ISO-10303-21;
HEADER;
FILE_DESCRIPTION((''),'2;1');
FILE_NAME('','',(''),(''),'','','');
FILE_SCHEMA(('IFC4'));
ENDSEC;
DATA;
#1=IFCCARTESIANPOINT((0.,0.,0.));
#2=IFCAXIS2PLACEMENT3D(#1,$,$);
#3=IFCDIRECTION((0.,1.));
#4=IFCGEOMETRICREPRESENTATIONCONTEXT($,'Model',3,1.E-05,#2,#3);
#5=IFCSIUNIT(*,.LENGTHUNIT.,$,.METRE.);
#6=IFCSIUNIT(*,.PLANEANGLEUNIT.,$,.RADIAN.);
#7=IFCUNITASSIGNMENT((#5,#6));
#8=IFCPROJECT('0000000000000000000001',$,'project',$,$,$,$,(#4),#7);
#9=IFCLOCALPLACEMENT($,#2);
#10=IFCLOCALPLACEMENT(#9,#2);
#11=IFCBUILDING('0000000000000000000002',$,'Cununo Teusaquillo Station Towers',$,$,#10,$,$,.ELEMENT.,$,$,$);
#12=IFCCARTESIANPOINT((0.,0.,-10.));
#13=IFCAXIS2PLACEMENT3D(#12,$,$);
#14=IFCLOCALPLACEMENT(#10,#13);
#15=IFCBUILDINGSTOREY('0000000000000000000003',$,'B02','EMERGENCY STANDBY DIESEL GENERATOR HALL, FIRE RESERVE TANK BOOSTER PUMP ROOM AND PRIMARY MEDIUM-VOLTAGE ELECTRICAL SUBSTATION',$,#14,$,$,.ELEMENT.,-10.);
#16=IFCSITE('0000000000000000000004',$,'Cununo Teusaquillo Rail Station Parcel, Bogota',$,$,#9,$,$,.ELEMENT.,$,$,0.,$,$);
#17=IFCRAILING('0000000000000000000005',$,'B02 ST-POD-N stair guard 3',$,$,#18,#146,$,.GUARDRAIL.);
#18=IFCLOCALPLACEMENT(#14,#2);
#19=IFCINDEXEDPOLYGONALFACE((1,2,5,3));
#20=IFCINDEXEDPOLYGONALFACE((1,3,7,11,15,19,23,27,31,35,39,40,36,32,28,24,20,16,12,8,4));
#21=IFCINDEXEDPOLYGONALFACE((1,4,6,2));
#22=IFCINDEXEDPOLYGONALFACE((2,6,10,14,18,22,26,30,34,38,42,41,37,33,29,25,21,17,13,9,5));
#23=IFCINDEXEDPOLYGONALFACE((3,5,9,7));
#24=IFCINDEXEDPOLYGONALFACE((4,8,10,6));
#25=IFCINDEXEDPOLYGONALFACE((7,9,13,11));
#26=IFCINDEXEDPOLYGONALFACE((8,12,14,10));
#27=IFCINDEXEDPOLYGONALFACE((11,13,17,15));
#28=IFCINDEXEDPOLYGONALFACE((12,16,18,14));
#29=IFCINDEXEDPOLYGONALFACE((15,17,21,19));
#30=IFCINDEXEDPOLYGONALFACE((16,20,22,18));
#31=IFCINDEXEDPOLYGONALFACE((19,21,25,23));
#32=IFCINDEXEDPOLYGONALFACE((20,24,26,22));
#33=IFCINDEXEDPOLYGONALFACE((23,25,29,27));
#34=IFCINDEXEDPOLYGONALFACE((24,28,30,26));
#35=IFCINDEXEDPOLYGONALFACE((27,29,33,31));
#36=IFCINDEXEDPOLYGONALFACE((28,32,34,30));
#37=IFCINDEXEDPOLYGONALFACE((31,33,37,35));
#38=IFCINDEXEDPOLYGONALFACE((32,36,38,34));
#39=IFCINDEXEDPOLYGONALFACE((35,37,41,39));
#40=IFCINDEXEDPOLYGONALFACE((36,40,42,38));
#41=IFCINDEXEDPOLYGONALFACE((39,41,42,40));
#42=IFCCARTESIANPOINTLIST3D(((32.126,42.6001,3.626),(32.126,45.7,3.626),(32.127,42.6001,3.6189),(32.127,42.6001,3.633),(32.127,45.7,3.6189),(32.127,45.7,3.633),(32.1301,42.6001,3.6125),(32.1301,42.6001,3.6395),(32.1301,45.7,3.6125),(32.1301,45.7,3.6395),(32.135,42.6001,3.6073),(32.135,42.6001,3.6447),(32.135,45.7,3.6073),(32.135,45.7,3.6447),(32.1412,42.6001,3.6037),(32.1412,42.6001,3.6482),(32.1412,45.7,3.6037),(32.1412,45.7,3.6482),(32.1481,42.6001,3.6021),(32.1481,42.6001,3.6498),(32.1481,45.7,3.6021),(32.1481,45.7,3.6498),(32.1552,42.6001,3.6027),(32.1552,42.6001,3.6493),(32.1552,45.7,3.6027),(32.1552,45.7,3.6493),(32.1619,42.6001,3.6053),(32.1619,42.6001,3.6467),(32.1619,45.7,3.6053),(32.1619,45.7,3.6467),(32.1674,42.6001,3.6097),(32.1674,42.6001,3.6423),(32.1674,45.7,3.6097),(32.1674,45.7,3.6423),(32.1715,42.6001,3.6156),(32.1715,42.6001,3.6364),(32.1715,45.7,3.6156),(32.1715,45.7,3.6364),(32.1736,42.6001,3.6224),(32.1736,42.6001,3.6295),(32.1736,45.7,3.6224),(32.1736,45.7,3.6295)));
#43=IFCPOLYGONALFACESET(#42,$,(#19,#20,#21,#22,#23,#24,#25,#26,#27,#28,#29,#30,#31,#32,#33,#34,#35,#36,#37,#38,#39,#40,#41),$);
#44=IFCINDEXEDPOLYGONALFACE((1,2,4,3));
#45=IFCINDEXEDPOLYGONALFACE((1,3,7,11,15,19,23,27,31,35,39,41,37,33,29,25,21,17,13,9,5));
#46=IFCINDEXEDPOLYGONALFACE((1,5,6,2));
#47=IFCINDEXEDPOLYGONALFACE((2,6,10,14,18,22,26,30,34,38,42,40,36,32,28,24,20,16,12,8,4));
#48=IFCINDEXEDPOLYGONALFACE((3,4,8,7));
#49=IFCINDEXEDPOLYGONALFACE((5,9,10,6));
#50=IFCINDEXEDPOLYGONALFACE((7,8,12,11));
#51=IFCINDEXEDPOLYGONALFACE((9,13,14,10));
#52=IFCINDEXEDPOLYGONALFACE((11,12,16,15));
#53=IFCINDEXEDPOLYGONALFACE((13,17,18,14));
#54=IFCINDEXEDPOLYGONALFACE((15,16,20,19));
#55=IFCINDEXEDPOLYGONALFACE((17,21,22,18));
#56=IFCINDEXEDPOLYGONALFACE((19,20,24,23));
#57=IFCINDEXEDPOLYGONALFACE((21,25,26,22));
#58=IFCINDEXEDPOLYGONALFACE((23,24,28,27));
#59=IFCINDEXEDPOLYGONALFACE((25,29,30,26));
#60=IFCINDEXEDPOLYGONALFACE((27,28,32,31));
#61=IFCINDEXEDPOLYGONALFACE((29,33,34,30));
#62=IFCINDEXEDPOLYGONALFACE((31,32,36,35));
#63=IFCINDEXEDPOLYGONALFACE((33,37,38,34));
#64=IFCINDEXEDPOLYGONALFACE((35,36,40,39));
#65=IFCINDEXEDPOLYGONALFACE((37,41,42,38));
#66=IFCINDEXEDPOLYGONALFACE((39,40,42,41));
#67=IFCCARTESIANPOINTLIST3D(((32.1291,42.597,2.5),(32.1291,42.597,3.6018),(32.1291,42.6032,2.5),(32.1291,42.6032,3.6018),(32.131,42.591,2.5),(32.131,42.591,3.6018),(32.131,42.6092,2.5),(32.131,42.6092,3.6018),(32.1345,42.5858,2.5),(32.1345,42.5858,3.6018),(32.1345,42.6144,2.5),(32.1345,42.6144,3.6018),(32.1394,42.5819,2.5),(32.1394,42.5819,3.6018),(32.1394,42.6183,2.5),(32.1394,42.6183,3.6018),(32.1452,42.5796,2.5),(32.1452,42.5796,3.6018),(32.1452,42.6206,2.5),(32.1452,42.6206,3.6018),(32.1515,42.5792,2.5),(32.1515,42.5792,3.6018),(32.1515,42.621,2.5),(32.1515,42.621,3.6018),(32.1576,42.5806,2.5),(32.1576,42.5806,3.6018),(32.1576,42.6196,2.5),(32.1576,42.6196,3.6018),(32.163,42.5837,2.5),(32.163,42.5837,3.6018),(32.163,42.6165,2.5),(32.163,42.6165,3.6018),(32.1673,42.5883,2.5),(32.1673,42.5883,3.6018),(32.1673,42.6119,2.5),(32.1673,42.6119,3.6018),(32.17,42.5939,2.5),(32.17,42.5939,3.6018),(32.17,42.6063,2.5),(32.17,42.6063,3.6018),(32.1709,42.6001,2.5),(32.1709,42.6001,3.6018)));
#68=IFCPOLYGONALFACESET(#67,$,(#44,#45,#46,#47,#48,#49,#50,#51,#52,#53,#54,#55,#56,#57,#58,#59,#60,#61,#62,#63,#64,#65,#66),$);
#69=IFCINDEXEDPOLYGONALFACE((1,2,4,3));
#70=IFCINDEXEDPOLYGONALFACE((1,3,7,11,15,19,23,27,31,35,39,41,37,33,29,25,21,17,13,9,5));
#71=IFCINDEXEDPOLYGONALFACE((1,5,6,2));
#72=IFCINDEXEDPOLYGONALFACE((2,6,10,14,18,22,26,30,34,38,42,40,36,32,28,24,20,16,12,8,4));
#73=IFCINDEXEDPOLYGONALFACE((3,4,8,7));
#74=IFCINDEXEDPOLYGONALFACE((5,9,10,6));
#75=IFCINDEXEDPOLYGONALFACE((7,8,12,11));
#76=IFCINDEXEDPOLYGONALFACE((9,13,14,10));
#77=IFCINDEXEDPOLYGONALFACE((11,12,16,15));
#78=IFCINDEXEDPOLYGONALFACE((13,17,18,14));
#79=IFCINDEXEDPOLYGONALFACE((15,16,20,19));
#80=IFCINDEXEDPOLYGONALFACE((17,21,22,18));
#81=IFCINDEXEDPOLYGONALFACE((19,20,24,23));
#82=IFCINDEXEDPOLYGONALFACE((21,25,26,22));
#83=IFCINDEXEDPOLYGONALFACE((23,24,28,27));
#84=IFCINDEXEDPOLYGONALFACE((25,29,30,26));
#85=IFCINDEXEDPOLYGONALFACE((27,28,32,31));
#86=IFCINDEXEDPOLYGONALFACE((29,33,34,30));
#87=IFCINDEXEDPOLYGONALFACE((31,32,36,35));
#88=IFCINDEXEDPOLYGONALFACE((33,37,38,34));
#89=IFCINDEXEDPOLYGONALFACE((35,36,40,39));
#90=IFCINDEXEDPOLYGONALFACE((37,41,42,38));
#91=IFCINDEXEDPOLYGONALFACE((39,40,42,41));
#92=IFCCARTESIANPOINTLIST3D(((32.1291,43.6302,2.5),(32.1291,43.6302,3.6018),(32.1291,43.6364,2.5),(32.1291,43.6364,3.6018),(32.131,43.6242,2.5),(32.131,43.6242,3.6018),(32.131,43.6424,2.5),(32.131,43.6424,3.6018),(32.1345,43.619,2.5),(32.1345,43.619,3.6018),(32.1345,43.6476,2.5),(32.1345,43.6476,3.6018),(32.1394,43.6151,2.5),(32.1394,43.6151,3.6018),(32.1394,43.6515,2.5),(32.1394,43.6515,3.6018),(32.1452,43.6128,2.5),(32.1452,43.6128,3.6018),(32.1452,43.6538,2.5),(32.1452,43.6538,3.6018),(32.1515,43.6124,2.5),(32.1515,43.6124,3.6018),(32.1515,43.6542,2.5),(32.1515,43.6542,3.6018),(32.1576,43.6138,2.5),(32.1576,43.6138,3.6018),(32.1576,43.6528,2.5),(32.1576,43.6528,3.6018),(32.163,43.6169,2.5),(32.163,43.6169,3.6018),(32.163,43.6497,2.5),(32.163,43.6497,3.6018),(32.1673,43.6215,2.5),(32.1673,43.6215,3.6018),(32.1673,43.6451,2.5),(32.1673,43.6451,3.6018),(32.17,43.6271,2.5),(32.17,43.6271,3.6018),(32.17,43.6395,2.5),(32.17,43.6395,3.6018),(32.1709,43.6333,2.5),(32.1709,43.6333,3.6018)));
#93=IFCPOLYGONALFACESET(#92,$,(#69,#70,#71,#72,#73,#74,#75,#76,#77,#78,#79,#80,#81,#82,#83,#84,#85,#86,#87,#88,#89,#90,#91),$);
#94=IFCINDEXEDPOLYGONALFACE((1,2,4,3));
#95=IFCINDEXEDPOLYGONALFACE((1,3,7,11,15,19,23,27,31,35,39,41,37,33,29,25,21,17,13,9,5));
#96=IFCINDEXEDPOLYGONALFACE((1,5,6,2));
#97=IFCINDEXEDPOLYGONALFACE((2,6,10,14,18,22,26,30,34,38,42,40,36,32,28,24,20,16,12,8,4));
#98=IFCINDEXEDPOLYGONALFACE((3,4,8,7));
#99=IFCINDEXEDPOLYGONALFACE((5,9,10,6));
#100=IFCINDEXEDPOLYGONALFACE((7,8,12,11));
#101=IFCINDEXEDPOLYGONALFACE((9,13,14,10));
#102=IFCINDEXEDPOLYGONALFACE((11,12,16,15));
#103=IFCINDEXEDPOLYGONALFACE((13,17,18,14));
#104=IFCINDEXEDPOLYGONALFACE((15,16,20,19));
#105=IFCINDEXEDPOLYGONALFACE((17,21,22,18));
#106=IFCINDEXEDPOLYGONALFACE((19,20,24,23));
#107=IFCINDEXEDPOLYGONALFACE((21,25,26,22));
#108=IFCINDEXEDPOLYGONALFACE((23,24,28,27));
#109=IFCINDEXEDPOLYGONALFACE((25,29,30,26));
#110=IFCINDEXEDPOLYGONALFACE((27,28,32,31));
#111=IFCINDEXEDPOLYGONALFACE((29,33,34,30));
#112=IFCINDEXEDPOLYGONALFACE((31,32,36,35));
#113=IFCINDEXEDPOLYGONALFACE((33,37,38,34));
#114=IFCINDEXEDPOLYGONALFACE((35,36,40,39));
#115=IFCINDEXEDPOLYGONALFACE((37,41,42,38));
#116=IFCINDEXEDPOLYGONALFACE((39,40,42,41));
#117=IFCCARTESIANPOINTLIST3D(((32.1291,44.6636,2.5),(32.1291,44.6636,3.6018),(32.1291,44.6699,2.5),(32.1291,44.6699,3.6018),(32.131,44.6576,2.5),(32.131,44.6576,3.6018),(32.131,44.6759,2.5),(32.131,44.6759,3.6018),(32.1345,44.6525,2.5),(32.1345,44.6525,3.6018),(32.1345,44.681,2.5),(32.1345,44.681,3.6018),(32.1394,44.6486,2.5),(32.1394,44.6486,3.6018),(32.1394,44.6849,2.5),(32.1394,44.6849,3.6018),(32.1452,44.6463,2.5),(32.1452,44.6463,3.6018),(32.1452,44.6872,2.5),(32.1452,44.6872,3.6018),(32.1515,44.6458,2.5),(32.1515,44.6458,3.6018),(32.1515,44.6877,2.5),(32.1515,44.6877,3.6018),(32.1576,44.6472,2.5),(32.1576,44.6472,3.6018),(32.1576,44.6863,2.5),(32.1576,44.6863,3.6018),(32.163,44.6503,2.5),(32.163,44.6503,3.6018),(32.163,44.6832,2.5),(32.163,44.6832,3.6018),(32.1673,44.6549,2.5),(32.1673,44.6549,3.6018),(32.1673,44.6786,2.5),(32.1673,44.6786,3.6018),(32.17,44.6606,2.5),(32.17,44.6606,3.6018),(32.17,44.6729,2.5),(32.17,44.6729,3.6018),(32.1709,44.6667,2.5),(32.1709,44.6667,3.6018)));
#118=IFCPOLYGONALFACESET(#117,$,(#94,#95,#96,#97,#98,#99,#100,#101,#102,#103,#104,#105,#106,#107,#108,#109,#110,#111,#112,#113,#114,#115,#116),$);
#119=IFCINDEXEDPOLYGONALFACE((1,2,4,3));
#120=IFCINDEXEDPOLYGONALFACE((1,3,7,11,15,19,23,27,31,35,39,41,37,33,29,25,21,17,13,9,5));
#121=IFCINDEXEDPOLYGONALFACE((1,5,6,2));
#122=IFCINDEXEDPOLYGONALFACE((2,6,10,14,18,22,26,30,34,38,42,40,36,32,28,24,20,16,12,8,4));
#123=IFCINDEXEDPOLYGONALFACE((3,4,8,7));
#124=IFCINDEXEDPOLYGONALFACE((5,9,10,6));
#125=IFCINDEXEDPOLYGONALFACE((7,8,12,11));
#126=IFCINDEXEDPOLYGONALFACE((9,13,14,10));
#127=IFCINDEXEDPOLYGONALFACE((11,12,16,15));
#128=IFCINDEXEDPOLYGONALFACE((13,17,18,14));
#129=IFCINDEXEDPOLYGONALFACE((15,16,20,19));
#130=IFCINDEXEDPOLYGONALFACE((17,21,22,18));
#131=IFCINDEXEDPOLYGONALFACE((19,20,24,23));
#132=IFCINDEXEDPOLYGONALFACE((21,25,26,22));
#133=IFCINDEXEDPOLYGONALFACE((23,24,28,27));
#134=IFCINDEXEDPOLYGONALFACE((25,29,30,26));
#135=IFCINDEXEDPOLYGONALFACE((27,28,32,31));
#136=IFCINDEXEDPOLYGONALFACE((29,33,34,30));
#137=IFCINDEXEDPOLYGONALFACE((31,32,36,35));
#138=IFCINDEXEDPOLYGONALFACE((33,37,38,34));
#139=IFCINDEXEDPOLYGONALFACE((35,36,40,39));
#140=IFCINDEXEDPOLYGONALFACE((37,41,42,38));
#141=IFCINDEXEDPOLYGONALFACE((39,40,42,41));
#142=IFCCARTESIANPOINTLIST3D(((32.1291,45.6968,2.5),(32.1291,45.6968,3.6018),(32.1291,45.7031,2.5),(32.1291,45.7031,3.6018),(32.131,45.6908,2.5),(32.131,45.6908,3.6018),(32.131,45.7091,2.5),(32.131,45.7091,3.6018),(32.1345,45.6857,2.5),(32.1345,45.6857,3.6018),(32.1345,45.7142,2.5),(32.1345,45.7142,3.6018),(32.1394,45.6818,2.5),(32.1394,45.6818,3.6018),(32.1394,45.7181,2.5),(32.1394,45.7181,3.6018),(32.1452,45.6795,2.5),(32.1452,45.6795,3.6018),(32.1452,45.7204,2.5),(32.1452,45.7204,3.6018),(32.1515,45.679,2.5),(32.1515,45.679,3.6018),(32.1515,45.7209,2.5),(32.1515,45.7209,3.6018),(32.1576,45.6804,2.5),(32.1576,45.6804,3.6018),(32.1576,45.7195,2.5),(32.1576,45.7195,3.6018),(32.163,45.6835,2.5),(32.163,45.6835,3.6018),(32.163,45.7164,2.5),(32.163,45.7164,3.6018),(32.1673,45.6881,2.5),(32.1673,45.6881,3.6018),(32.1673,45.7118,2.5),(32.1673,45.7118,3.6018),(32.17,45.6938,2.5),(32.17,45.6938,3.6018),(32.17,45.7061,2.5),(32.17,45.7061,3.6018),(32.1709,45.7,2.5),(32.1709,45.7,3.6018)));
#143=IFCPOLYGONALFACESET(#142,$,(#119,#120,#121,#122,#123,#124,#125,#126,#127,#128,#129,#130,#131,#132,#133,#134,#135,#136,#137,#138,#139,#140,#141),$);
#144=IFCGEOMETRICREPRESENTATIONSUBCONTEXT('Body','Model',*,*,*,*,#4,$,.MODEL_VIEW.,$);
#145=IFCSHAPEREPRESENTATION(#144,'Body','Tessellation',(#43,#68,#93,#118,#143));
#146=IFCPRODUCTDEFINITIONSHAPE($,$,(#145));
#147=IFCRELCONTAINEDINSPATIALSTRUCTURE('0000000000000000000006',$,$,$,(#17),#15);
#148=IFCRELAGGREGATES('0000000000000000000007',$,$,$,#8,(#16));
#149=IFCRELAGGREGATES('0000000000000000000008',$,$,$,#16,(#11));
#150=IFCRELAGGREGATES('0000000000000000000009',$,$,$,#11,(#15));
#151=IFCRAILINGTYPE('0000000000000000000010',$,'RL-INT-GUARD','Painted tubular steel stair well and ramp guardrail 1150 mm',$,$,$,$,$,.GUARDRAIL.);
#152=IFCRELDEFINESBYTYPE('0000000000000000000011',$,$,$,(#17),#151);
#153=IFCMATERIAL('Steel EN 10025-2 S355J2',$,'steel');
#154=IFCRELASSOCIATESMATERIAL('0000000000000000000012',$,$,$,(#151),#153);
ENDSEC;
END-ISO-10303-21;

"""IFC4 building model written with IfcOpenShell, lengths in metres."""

from ifc_helpers import new_model, si_unit, direction, frame, origin, origin_2d, place, context, subcontext, project, spatial, circle, extrude, material, type_object, element, save


model = new_model("IFC4")

# Units and contexts
model_context = context("Model", 3, precision=1e-05, world=origin(), true_north=direction((0.0, 1.0)))
body_context = subcontext(model_context, "Body", "Model", "MODEL_VIEW")
ifc_project = project(units=[si_unit("LENGTHUNIT", "METRE"), si_unit("PLANEANGLEUNIT", "RADIAN")], contexts=[model_context])

# Site, building, storey
site_placement = place(None, origin())
site = spatial("IfcSite", under=ifc_project, at=site_placement, Name="Cununo Teusaquillo Rail Station Parcel, Bogota", CompositionType="ELEMENT", RefElevation=0.0)
building_placement = place(site_placement, origin())
building = spatial("IfcBuilding", under=site, at=building_placement, Name="Cununo Teusaquillo Station Towers", CompositionType="ELEMENT")
storey_placement = place(building_placement, frame((0.0, 0.0, -10.0)))
storey = spatial("IfcBuildingStorey", under=building, at=storey_placement, Name="B02", Description="EMERGENCY STANDBY DIESEL GENERATOR HALL, FIRE RESERVE TANK BOOSTER PUMP ROOM AND PRIMARY MEDIUM-VOLTAGE ELECTRICAL SUBSTATION", CompositionType="ELEMENT", Elevation=-10.0)

# Railing
ifc_material_1 = material(Name="Steel EN 10025-2 S355J2", Category="steel")
railing_type_1 = type_object("IfcRailingType", Name="RL-INT-GUARD", Description="Painted tubular steel stair well and ramp guardrail 1150 mm", PredefinedType="GUARDRAIL", material=ifc_material_1)
railing_1_placement = place(storey_placement, frame((32.1499, 42.6001, 2.5)))
element("IfcRailing", 1, at=railing_1_placement, inside=storey, type_object=railing_type_1, Name="B02 ST-POD-N stair guard 3", PredefinedType="GUARDRAIL", context=body_context, shape_type="SweptSolid", body=[
    extrude(circle(Radius=0.0239, at=origin_2d()), frame((0.0, 0.0, 1.126), z_axis=(0.0, 1.0, 0.0), x_axis=(-1.0, 0.0, 0.0)), (0.0, 0.0, 1.0), 3.0999),
    extrude(circle(Radius=0.021, at=origin_2d()), origin(), (0.0, 0.0, 1.0), 1.1018),
    extrude(circle(Radius=0.021, at=origin_2d()), frame((0.0, 1.0332, 0.0)), (0.0, 0.0, 1.0), 1.1018),
    extrude(circle(Radius=0.021, at=origin_2d()), frame((0.0, 2.0667, 0.0)), (0.0, 0.0, 1.0), 1.1018),
    extrude(circle(Radius=0.021, at=origin_2d()), frame((0.0, 3.0999, 0.0)), (0.0, 0.0, 1.0), 1.1018),
])

save(model, "model.ifc")
